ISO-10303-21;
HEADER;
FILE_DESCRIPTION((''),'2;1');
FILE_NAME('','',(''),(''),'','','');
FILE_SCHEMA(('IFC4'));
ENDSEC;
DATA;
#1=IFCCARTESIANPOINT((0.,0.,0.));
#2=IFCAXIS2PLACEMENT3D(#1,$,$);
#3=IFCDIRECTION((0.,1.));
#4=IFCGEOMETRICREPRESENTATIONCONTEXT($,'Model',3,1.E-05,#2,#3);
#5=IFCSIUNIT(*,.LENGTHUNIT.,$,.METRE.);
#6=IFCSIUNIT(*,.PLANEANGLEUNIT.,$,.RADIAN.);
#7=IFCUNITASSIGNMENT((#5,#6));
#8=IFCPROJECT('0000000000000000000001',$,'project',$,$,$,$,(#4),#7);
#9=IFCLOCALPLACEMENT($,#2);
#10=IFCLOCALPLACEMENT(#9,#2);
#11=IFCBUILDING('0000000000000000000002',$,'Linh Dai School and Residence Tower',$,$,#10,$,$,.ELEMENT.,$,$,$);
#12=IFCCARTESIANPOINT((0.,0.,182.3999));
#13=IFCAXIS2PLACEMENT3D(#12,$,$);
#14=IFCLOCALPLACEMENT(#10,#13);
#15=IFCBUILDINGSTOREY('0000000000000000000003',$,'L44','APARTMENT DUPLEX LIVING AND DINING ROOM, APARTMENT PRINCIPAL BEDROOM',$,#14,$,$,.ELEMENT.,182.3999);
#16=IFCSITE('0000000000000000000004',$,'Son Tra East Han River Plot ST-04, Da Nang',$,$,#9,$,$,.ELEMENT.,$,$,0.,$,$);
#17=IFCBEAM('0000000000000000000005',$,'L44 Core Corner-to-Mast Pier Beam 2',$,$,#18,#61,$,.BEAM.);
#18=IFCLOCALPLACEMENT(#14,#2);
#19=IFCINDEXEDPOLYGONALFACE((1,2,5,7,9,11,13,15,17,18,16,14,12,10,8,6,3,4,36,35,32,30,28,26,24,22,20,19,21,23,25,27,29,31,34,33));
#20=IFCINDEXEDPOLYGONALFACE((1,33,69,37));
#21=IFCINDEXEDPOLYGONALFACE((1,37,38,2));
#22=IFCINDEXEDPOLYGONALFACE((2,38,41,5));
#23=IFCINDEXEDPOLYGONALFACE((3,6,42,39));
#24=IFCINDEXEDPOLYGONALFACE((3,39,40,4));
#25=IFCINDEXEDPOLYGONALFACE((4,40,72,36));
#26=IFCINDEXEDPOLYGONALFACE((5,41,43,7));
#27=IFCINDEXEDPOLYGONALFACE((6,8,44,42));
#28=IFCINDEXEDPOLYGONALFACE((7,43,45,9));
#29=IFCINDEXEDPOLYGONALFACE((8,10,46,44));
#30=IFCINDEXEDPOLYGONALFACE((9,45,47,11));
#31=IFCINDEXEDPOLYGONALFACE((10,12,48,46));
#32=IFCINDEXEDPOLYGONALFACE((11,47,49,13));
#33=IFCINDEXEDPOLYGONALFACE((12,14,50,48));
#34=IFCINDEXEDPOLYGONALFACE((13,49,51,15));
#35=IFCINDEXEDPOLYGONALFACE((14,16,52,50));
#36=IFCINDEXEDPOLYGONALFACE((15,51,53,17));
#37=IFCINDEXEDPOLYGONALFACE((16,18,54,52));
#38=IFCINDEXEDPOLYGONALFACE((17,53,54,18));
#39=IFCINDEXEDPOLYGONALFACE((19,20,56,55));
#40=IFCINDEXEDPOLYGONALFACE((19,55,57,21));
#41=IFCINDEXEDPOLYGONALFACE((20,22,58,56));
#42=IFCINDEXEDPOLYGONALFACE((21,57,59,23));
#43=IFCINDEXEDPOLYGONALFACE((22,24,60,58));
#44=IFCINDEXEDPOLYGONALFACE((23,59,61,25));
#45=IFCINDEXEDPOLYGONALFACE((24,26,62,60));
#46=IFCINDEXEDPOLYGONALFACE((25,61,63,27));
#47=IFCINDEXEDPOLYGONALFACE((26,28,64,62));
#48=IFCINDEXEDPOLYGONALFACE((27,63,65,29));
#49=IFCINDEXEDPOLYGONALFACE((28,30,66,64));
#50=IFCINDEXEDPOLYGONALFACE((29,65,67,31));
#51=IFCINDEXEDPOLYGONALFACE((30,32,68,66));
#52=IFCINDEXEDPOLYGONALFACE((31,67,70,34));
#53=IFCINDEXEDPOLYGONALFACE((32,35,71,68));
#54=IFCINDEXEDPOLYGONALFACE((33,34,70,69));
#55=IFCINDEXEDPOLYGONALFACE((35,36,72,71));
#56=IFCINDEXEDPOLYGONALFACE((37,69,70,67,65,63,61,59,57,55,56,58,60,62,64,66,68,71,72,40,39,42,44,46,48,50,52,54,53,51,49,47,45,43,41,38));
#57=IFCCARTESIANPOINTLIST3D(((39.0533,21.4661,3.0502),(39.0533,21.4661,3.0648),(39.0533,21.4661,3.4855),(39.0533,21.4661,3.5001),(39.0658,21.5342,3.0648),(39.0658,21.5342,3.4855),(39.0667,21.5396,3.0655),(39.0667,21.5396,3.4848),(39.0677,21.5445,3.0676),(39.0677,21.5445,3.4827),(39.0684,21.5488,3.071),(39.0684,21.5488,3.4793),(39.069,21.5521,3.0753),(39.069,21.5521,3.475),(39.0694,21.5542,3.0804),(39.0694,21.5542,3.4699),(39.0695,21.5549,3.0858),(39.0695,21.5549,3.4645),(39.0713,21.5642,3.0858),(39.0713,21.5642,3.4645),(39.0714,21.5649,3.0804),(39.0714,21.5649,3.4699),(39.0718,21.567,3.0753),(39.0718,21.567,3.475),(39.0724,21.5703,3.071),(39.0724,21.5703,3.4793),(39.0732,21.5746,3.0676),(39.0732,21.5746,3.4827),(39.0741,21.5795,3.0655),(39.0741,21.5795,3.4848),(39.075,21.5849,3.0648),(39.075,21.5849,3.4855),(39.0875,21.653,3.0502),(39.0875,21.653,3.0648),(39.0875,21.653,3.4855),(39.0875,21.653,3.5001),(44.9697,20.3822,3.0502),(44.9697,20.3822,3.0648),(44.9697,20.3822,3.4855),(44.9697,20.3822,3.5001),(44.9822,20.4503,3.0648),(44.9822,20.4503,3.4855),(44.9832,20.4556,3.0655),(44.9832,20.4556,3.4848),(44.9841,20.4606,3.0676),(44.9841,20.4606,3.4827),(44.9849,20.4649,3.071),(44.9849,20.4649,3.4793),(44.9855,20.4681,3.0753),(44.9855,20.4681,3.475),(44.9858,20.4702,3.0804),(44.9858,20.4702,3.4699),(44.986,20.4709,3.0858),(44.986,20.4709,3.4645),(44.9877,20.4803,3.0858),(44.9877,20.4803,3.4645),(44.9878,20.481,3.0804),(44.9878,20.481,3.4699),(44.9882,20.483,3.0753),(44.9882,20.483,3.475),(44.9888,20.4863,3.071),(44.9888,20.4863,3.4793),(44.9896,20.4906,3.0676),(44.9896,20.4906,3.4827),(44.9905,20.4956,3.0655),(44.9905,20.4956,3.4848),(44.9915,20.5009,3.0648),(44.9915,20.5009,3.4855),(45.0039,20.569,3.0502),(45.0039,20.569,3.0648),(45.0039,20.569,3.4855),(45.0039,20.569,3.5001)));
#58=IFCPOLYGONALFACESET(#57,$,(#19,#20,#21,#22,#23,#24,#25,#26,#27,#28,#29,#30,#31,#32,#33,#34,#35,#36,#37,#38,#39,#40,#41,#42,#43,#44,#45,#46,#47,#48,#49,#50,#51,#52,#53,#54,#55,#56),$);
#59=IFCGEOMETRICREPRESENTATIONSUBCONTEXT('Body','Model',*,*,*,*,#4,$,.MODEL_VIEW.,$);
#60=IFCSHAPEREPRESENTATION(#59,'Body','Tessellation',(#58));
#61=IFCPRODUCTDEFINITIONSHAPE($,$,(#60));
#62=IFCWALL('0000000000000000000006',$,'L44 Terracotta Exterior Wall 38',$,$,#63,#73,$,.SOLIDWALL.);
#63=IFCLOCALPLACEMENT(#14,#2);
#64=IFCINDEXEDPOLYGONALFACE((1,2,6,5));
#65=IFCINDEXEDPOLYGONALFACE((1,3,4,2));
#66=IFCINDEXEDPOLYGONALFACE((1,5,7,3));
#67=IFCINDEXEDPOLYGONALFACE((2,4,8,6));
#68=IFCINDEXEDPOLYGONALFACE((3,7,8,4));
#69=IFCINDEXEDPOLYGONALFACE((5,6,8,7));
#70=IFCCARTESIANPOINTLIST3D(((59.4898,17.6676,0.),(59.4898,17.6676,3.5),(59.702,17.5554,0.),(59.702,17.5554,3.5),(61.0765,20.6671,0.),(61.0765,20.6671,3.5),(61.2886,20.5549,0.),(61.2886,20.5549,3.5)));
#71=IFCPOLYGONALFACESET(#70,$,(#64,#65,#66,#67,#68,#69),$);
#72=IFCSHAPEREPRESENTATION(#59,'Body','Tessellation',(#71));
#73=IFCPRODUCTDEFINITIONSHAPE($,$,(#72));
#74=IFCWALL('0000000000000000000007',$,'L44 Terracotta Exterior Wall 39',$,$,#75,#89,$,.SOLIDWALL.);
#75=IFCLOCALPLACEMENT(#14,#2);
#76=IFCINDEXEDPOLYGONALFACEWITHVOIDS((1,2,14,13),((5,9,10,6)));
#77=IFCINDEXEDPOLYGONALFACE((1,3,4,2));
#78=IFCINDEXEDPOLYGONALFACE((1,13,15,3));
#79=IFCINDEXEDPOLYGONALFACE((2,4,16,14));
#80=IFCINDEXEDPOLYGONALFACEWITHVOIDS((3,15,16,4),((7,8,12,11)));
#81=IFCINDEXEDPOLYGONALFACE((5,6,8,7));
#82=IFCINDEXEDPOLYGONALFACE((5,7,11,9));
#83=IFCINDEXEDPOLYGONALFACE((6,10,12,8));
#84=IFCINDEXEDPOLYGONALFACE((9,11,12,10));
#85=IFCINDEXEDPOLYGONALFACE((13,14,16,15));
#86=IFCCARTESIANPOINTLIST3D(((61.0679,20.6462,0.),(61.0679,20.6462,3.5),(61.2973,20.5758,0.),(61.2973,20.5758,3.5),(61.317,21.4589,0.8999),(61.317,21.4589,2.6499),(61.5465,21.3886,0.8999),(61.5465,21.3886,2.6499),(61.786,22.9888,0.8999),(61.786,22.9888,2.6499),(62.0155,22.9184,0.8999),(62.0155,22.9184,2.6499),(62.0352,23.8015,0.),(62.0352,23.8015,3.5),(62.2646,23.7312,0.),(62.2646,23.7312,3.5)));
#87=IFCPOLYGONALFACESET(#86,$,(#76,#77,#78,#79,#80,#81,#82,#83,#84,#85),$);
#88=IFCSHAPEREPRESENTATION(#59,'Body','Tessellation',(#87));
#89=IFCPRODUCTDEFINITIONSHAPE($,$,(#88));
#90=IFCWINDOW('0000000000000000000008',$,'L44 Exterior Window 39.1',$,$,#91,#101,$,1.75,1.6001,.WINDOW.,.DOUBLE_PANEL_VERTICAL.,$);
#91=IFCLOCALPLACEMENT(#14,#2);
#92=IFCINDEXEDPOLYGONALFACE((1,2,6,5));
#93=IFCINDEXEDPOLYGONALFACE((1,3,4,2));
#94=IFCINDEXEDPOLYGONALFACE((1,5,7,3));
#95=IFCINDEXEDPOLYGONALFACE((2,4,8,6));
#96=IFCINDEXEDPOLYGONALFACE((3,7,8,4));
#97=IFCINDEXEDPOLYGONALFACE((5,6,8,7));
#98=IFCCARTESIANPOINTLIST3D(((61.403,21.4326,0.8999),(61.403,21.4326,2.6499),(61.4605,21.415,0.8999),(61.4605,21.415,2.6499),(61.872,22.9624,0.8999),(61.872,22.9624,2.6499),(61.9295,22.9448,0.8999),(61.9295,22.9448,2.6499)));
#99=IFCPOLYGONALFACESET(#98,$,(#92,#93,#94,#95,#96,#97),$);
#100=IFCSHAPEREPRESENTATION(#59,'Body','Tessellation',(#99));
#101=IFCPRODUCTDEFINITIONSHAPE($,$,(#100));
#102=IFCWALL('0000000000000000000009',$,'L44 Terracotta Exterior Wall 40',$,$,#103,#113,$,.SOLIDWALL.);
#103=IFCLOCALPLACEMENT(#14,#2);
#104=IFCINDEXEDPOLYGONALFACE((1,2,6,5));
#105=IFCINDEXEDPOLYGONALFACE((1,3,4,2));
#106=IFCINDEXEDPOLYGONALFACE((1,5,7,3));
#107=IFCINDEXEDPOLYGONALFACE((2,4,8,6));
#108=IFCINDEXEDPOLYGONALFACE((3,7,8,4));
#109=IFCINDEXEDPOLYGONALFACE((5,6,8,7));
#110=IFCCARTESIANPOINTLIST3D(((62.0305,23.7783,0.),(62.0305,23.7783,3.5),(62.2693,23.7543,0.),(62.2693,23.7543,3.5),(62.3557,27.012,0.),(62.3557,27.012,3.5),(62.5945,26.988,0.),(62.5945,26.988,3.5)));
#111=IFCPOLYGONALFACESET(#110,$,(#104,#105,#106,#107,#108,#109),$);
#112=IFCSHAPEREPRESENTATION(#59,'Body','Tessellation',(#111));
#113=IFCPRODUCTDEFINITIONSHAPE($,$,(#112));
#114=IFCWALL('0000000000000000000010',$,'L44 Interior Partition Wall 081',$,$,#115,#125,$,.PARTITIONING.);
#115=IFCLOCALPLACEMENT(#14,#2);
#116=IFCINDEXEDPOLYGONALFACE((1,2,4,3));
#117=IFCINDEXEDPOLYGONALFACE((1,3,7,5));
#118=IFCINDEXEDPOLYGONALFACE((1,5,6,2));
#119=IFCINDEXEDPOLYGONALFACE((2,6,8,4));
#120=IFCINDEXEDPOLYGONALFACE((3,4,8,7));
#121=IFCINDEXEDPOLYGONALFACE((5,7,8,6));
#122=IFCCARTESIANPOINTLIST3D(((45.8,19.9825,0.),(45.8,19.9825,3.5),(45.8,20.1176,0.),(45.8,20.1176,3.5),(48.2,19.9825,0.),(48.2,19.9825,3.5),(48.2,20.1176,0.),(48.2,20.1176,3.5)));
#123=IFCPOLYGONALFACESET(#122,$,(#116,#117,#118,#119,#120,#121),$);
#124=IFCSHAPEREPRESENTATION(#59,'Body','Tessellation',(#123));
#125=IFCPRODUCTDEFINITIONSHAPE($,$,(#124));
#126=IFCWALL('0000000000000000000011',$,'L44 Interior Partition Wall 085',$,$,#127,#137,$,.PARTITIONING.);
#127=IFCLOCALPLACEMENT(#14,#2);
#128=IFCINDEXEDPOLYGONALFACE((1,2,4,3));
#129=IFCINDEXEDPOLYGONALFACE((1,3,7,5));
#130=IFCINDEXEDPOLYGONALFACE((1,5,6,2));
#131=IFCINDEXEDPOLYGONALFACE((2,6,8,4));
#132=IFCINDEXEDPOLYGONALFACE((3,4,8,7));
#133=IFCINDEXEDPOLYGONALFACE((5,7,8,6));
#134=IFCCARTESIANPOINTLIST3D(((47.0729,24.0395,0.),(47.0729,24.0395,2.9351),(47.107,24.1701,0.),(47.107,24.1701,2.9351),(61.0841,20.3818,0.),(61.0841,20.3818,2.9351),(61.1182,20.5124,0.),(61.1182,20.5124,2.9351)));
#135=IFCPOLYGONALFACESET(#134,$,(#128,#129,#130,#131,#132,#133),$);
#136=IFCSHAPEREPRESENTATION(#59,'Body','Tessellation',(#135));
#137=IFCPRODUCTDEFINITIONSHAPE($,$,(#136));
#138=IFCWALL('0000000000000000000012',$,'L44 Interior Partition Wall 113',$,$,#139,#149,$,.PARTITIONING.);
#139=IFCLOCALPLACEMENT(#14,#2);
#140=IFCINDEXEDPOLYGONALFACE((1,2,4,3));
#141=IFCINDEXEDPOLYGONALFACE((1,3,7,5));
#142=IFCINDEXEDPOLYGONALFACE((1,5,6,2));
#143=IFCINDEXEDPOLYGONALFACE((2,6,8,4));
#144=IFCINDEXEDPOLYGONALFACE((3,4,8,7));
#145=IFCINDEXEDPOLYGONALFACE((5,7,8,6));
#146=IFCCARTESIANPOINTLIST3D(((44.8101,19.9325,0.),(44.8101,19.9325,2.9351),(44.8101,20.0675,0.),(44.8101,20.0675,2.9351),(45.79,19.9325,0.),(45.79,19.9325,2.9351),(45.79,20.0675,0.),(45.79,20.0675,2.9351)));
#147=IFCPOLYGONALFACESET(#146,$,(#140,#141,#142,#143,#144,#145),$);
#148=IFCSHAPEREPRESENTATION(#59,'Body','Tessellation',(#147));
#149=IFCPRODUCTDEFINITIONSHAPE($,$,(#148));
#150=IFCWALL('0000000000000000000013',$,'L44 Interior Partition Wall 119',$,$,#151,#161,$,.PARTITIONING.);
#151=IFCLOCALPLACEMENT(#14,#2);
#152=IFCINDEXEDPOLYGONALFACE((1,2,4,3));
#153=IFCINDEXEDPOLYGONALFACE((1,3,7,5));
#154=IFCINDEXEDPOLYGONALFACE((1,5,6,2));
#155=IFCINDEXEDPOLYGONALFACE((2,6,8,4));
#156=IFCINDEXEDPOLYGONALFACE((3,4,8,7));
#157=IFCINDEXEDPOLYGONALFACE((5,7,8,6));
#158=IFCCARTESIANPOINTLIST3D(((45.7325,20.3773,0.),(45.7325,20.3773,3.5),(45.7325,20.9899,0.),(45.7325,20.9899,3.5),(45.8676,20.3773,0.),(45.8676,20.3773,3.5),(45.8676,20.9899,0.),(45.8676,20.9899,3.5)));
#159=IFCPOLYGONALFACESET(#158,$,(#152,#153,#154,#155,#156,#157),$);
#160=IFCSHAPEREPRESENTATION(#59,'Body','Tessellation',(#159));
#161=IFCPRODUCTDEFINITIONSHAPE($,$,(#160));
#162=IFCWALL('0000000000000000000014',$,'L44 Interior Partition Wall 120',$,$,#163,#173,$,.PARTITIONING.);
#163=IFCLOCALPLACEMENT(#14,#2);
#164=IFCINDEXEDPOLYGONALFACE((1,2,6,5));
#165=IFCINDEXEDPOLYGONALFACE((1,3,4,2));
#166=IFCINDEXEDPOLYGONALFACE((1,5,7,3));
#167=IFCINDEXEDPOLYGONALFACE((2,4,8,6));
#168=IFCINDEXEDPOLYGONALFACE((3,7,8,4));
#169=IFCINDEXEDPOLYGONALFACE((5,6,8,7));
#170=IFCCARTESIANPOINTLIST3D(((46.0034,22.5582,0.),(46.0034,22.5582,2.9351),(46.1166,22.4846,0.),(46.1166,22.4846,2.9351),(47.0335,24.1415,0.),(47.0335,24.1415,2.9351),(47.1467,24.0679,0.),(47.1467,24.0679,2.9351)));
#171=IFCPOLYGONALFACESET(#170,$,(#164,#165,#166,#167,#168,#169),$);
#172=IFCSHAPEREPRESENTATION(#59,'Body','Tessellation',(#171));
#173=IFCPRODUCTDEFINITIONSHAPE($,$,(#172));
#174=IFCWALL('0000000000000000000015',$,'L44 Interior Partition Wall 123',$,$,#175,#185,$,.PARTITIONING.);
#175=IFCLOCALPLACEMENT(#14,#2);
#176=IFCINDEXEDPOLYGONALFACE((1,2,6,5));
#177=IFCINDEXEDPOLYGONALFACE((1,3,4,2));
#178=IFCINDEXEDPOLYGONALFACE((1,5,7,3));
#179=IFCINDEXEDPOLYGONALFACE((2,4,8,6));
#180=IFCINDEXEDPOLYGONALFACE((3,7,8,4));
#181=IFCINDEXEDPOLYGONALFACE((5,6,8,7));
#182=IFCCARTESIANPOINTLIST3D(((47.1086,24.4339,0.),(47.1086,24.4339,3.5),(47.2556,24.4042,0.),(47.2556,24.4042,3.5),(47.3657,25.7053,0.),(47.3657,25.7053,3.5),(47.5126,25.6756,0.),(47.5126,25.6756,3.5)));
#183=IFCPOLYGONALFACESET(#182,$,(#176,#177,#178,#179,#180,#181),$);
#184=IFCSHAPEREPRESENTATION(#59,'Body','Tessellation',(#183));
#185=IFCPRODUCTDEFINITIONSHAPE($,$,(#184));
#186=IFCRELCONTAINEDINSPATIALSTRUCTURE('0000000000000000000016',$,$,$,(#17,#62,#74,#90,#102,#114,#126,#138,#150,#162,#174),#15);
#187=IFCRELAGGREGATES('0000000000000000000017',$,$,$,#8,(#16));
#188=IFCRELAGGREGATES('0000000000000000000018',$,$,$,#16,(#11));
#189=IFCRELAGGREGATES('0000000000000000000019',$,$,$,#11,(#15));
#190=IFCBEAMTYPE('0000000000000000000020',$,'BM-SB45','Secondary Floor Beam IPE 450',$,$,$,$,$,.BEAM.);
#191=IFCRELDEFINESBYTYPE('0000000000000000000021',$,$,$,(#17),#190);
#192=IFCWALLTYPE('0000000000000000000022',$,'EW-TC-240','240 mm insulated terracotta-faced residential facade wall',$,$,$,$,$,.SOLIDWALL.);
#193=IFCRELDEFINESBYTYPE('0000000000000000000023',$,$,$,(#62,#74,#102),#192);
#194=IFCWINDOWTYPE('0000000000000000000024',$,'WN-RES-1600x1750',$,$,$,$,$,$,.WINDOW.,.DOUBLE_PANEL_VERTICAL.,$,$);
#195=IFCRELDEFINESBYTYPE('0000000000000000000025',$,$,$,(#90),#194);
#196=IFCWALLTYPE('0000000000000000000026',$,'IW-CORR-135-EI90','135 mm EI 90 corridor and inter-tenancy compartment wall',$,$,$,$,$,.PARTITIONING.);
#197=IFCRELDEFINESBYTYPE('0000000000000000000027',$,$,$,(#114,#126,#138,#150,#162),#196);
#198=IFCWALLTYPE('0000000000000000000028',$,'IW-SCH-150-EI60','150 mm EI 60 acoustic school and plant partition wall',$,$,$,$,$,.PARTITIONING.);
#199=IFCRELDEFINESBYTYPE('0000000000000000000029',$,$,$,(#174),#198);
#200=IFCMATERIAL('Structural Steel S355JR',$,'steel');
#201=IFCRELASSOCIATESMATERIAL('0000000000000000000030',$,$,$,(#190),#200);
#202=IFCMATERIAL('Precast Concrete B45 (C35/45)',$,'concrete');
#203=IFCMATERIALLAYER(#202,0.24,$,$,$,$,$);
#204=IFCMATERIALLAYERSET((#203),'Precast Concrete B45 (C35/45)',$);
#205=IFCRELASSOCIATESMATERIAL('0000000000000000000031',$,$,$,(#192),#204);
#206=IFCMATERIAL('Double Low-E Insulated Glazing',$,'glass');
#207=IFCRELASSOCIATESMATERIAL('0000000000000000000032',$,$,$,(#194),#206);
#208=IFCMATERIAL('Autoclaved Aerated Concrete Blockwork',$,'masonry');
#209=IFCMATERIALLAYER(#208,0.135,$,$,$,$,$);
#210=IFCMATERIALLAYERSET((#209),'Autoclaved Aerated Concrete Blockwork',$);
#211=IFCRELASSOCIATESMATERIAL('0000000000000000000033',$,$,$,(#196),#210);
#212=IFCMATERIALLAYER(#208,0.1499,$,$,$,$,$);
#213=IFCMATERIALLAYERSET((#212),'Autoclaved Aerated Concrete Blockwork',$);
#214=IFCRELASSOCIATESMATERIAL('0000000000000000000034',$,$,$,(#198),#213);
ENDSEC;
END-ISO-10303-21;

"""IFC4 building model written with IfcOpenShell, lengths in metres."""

from ifc_helpers import new_model, si_unit, direction, frame, frame_2d, origin, origin_2d, place, context, subcontext, project, spatial, rectangle, i_section, extrude, source, transform, mapped, material, layer, layer_set, material_profile, profile_set, type_object, element, fill, save


model = new_model("IFC4")

# Units and contexts
model_context = context("Model", 3, precision=1e-05, world=origin(), true_north=direction((0.0, 1.0)))
body_context = subcontext(model_context, "Body", "Model", "MODEL_VIEW")
ifc_project = project(units=[si_unit("LENGTHUNIT", "METRE"), si_unit("PLANEANGLEUNIT", "RADIAN")], contexts=[model_context])

# Site, building, storey
site_placement = place(None, origin())
site = spatial("IfcSite", under=ifc_project, at=site_placement, Name="Son Tra East Han River Plot ST-04, Da Nang", CompositionType="ELEMENT", RefElevation=0.0)
building_placement = place(site_placement, origin())
building = spatial("IfcBuilding", under=site, at=building_placement, Name="Linh Dai School and Residence Tower", CompositionType="ELEMENT")
storey_placement = place(building_placement, frame((0.0, 0.0, 182.3999)))
storey = spatial("IfcBuildingStorey", under=building, at=storey_placement, Name="L44", Description="APARTMENT DUPLEX LIVING AND DINING ROOM, APARTMENT PRINCIPAL BEDROOM", CompositionType="ELEMENT", Elevation=182.3999)

# Shared definitions
ifc_material_1 = material(Name="Structural Steel S355JR", Category="steel")

# Beam
ifc_material_profile_1 = material_profile(ifc_material_1, i_section(OverallWidth=0.1899, OverallDepth=0.45, WebThickness=0.0095, FlangeThickness=0.0146, FilletRadius=0.021, at=origin_2d()), Name="IPE 450")
ifc_profile_set_1 = profile_set([ifc_material_profile_1], Name="Structural Steel S355JR")
beam_type_1 = type_object("IfcBeamType", Name="BM-SB45", Description="Secondary Floor Beam IPE 450", PredefinedType="BEAM", material=ifc_profile_set_1)
beam_1_placement = place(storey_placement, frame((44.9868, 20.4756, 3.2751), z_axis=(-0.983627, 0.180214, 0.0), x_axis=(-0.180214, -0.983627, 0.0)))
element("IfcBeam", 1, at=beam_1_placement, inside=storey, type_object=beam_type_1, Name="L44 Core Corner-to-Mast Pier Beam 2", PredefinedType="BEAM", context=body_context, shape_type="SweptSolid", body=[
    extrude(i_section(OverallWidth=0.1899, OverallDepth=0.45, WebThickness=0.0095, FlangeThickness=0.0146, FilletRadius=0.021, at=origin_2d()), origin(), (0.0, 0.0, 1.0), 6.0149),
])

# Wall
ifc_material_2 = material(Name="Precast Concrete B45 (C35/45)", Category="concrete")
ifc_layer_1 = layer(ifc_material_2, 0.24)
ifc_layer_set_1 = layer_set([ifc_layer_1], Name="Precast Concrete B45 (C35/45)")
wall_type_1 = type_object("IfcWallType", Name="EW-TC-240", Description="240 mm insulated terracotta-faced residential facade wall", PredefinedType="SOLIDWALL", material=ifc_layer_set_1)
wall_1_placement = place(storey_placement, frame((61.1826, 20.6111, 0.0), z_axis=(0.0, 0.0, 1.0), x_axis=(-0.467587, -0.883947, 0.0)))
element("IfcWall", 2, at=wall_1_placement, inside=storey, type_object=wall_type_1, Name="L44 Terracotta Exterior Wall 38", PredefinedType="SOLIDWALL", context=body_context, shape_type="SweptSolid", body=[
    extrude(rectangle(XDim=3.3933, YDim=0.24, at=frame_2d((1.6968, 0.0))), origin(), (0.0, 0.0, 1.0), 3.5),
])

# Wall, opening, window
wall_2_placement = place(storey_placement, frame((62.1499, 23.7664, 0.0), z_axis=(0.0, 0.0, 1.0), x_axis=(-0.293098, -0.956082, 0.0)))
wall_2 = element("IfcWall", 3, at=wall_2_placement, inside=storey, type_object=wall_type_1, Name="L44 Terracotta Exterior Wall 39", PredefinedType="SOLIDWALL", context=body_context, shape_type="SweptSolid", body=[
    extrude(rectangle(XDim=3.3003, YDim=0.24, at=frame_2d((1.6501, 0.0))), origin(), (0.0, 0.0, 1.0), 3.5),
])
opening_1_placement = place(wall_2_placement, frame((0.8501, 0.0, 0.8999)))
opening_1 = element("IfcOpeningElement", 4, at=opening_1_placement, cuts=wall_2, PredefinedType="OPENING", context=body_context, shape_type="SweptSolid", body=[
    extrude(rectangle(XDim=1.6001, YDim=1.75, at=origin_2d()), frame((0.8, 0.1299, 0.875), z_axis=(0.0, -1.0, 0.0), x_axis=(1.0, 0.0, 0.0)), (0.0, 0.0, 1.0), 0.26),
])
ifc_material_3 = material(Name="Double Low-E Insulated Glazing", Category="glass")
window_type = type_object("IfcWindowType", Name="WN-RES-1600x1750", PartitioningType="DOUBLE_PANEL_VERTICAL", PredefinedType="WINDOW", material=ifc_material_3)
shared_shape_1 = source(origin(), body_context, "Body", "SweptSolid", [
    extrude(rectangle(XDim=1.6001, YDim=1.75, at=origin_2d()), frame((0.8, 0.03, 0.875), z_axis=(0.0, -1.0, 0.0), x_axis=(1.0, 0.0, 0.0)), (0.0, 0.0, 1.0), 0.0601),
])
window_placement = place(opening_1_placement, origin())
window = element("IfcWindow", 5, at=window_placement, inside=storey, type_object=window_type, Name="L44 Exterior Window 39.1", OverallHeight=1.75, OverallWidth=1.6001, PartitioningType="DOUBLE_PANEL_VERTICAL", PredefinedType="WINDOW", context=body_context, shape_type="MappedRepresentation", body=[
    mapped(shared_shape_1, transform((0.0, 0.0, 0.0), x_axis=(1.0, 0.0, 0.0), y_axis=(0.0, 1.0, 0.0), z_axis=(0.0, 0.0, 1.0), scale=1.0)),
])
fill(opening_1, window)

# Walls
wall_3_placement = place(storey_placement, frame((62.4751, 27.0, 0.0), z_axis=(0.0, 0.0, 1.0), x_axis=(-0.100062, -0.994981, 0.0)))
element("IfcWall", 6, at=wall_3_placement, inside=storey, type_object=wall_type_1, Name="L44 Terracotta Exterior Wall 40", PredefinedType="SOLIDWALL", context=body_context, shape_type="SweptSolid", body=[
    extrude(rectangle(XDim=3.25, YDim=0.24, at=frame_2d((1.625, 0.0))), origin(), (0.0, 0.0, 1.0), 3.5),
])
ifc_material_4 = material(Name="Autoclaved Aerated Concrete Blockwork", Category="masonry")
ifc_layer_2 = layer(ifc_material_4, 0.135)
ifc_layer_set_2 = layer_set([ifc_layer_2], Name="Autoclaved Aerated Concrete Blockwork")
wall_type_2 = type_object("IfcWallType", Name="IW-CORR-135-EI90", Description="135 mm EI 90 corridor and inter-tenancy compartment wall", PredefinedType="PARTITIONING", material=ifc_layer_set_2)
wall_4_placement = place(storey_placement, frame((45.8, 20.05, 0.0), z_axis=(0.0, 0.0, 1.0), x_axis=(1.0, 0.0, 0.0)))
element("IfcWall", 7, at=wall_4_placement, inside=storey, type_object=wall_type_2, Name="L44 Interior Partition Wall 081", PredefinedType="PARTITIONING", context=body_context, shape_type="SweptSolid", body=[
    extrude(rectangle(XDim=2.3999, YDim=0.135, at=frame_2d((1.2, 0.0))), origin(), (0.0, 0.0, 1.0), 3.5),
])
wall_5_placement = place(storey_placement, frame((47.0901, 24.1047, 0.0), z_axis=(0.0, 0.0, 1.0), x_axis=(0.967573, -0.252591, 0.0)))
element("IfcWall", 8, at=wall_5_placement, inside=storey, type_object=wall_type_2, Name="L44 Interior Partition Wall 085", PredefinedType="PARTITIONING", context=body_context, shape_type="SweptSolid", body=[
    extrude(rectangle(XDim=14.4807, YDim=0.135, at=frame_2d((7.2402, 0.0))), origin(), (0.0, 0.0, 1.0), 2.9351),
])
wall_6_placement = place(storey_placement, frame((44.8101, 20.0, 0.0), z_axis=(0.0, 0.0, 1.0), x_axis=(1.0, 0.0, 0.0)))
element("IfcWall", 9, at=wall_6_placement, inside=storey, type_object=wall_type_2, Name="L44 Interior Partition Wall 113", PredefinedType="PARTITIONING", context=body_context, shape_type="SweptSolid", body=[
    extrude(rectangle(XDim=0.98, YDim=0.135, at=frame_2d((0.49, 0.0))), origin(), (0.0, 0.0, 1.0), 2.9351),
])
wall_7_placement = place(storey_placement, frame((45.8, 20.3774, 0.0), z_axis=(0.0, 0.0, 1.0), x_axis=(0.0, 1.0, 0.0)))
element("IfcWall", 10, at=wall_7_placement, inside=storey, type_object=wall_type_2, Name="L44 Interior Partition Wall 119", PredefinedType="PARTITIONING", context=body_context, shape_type="SweptSolid", body=[
    extrude(rectangle(XDim=0.6125, YDim=0.135, at=frame_2d((0.3062, 0.0))), origin(), (0.0, 0.0, 1.0), 3.5),
])
wall_8_placement = place(storey_placement, frame((46.0601, 22.5215, 0.0), z_axis=(0.0, 0.0, 1.0), x_axis=(0.545329, 0.838222, 0.0)))
element("IfcWall", 11, at=wall_8_placement, inside=storey, type_object=wall_type_2, Name="L44 Interior Partition Wall 120", PredefinedType="PARTITIONING", context=body_context, shape_type="SweptSolid", body=[
    extrude(rectangle(XDim=1.8889, YDim=0.135, at=frame_2d((0.9443, 0.0))), origin(), (0.0, 0.0, 1.0), 2.9351),
])
ifc_layer_3 = layer(ifc_material_4, 0.1499)
ifc_layer_set_3 = layer_set([ifc_layer_3], Name="Autoclaved Aerated Concrete Blockwork")
wall_type_3 = type_object("IfcWallType", Name="IW-SCH-150-EI60", Description="150 mm EI 60 acoustic school and plant partition wall", PredefinedType="PARTITIONING", material=ifc_layer_set_3)
wall_9_placement = place(storey_placement, frame((47.1821, 24.4192, 0.0), z_axis=(0.0, 0.0, 1.0), x_axis=(0.198179, 0.980166, 0.0)))
element("IfcWall", 12, at=wall_9_placement, inside=storey, type_object=wall_type_3, Name="L44 Interior Partition Wall 123", PredefinedType="PARTITIONING", context=body_context, shape_type="SweptSolid", body=[
    extrude(rectangle(XDim=1.2971, YDim=0.1499, at=frame_2d((0.6484, 0.0))), origin(), (0.0, 0.0, 1.0), 3.5),
])

save(model, "model.ifc")
